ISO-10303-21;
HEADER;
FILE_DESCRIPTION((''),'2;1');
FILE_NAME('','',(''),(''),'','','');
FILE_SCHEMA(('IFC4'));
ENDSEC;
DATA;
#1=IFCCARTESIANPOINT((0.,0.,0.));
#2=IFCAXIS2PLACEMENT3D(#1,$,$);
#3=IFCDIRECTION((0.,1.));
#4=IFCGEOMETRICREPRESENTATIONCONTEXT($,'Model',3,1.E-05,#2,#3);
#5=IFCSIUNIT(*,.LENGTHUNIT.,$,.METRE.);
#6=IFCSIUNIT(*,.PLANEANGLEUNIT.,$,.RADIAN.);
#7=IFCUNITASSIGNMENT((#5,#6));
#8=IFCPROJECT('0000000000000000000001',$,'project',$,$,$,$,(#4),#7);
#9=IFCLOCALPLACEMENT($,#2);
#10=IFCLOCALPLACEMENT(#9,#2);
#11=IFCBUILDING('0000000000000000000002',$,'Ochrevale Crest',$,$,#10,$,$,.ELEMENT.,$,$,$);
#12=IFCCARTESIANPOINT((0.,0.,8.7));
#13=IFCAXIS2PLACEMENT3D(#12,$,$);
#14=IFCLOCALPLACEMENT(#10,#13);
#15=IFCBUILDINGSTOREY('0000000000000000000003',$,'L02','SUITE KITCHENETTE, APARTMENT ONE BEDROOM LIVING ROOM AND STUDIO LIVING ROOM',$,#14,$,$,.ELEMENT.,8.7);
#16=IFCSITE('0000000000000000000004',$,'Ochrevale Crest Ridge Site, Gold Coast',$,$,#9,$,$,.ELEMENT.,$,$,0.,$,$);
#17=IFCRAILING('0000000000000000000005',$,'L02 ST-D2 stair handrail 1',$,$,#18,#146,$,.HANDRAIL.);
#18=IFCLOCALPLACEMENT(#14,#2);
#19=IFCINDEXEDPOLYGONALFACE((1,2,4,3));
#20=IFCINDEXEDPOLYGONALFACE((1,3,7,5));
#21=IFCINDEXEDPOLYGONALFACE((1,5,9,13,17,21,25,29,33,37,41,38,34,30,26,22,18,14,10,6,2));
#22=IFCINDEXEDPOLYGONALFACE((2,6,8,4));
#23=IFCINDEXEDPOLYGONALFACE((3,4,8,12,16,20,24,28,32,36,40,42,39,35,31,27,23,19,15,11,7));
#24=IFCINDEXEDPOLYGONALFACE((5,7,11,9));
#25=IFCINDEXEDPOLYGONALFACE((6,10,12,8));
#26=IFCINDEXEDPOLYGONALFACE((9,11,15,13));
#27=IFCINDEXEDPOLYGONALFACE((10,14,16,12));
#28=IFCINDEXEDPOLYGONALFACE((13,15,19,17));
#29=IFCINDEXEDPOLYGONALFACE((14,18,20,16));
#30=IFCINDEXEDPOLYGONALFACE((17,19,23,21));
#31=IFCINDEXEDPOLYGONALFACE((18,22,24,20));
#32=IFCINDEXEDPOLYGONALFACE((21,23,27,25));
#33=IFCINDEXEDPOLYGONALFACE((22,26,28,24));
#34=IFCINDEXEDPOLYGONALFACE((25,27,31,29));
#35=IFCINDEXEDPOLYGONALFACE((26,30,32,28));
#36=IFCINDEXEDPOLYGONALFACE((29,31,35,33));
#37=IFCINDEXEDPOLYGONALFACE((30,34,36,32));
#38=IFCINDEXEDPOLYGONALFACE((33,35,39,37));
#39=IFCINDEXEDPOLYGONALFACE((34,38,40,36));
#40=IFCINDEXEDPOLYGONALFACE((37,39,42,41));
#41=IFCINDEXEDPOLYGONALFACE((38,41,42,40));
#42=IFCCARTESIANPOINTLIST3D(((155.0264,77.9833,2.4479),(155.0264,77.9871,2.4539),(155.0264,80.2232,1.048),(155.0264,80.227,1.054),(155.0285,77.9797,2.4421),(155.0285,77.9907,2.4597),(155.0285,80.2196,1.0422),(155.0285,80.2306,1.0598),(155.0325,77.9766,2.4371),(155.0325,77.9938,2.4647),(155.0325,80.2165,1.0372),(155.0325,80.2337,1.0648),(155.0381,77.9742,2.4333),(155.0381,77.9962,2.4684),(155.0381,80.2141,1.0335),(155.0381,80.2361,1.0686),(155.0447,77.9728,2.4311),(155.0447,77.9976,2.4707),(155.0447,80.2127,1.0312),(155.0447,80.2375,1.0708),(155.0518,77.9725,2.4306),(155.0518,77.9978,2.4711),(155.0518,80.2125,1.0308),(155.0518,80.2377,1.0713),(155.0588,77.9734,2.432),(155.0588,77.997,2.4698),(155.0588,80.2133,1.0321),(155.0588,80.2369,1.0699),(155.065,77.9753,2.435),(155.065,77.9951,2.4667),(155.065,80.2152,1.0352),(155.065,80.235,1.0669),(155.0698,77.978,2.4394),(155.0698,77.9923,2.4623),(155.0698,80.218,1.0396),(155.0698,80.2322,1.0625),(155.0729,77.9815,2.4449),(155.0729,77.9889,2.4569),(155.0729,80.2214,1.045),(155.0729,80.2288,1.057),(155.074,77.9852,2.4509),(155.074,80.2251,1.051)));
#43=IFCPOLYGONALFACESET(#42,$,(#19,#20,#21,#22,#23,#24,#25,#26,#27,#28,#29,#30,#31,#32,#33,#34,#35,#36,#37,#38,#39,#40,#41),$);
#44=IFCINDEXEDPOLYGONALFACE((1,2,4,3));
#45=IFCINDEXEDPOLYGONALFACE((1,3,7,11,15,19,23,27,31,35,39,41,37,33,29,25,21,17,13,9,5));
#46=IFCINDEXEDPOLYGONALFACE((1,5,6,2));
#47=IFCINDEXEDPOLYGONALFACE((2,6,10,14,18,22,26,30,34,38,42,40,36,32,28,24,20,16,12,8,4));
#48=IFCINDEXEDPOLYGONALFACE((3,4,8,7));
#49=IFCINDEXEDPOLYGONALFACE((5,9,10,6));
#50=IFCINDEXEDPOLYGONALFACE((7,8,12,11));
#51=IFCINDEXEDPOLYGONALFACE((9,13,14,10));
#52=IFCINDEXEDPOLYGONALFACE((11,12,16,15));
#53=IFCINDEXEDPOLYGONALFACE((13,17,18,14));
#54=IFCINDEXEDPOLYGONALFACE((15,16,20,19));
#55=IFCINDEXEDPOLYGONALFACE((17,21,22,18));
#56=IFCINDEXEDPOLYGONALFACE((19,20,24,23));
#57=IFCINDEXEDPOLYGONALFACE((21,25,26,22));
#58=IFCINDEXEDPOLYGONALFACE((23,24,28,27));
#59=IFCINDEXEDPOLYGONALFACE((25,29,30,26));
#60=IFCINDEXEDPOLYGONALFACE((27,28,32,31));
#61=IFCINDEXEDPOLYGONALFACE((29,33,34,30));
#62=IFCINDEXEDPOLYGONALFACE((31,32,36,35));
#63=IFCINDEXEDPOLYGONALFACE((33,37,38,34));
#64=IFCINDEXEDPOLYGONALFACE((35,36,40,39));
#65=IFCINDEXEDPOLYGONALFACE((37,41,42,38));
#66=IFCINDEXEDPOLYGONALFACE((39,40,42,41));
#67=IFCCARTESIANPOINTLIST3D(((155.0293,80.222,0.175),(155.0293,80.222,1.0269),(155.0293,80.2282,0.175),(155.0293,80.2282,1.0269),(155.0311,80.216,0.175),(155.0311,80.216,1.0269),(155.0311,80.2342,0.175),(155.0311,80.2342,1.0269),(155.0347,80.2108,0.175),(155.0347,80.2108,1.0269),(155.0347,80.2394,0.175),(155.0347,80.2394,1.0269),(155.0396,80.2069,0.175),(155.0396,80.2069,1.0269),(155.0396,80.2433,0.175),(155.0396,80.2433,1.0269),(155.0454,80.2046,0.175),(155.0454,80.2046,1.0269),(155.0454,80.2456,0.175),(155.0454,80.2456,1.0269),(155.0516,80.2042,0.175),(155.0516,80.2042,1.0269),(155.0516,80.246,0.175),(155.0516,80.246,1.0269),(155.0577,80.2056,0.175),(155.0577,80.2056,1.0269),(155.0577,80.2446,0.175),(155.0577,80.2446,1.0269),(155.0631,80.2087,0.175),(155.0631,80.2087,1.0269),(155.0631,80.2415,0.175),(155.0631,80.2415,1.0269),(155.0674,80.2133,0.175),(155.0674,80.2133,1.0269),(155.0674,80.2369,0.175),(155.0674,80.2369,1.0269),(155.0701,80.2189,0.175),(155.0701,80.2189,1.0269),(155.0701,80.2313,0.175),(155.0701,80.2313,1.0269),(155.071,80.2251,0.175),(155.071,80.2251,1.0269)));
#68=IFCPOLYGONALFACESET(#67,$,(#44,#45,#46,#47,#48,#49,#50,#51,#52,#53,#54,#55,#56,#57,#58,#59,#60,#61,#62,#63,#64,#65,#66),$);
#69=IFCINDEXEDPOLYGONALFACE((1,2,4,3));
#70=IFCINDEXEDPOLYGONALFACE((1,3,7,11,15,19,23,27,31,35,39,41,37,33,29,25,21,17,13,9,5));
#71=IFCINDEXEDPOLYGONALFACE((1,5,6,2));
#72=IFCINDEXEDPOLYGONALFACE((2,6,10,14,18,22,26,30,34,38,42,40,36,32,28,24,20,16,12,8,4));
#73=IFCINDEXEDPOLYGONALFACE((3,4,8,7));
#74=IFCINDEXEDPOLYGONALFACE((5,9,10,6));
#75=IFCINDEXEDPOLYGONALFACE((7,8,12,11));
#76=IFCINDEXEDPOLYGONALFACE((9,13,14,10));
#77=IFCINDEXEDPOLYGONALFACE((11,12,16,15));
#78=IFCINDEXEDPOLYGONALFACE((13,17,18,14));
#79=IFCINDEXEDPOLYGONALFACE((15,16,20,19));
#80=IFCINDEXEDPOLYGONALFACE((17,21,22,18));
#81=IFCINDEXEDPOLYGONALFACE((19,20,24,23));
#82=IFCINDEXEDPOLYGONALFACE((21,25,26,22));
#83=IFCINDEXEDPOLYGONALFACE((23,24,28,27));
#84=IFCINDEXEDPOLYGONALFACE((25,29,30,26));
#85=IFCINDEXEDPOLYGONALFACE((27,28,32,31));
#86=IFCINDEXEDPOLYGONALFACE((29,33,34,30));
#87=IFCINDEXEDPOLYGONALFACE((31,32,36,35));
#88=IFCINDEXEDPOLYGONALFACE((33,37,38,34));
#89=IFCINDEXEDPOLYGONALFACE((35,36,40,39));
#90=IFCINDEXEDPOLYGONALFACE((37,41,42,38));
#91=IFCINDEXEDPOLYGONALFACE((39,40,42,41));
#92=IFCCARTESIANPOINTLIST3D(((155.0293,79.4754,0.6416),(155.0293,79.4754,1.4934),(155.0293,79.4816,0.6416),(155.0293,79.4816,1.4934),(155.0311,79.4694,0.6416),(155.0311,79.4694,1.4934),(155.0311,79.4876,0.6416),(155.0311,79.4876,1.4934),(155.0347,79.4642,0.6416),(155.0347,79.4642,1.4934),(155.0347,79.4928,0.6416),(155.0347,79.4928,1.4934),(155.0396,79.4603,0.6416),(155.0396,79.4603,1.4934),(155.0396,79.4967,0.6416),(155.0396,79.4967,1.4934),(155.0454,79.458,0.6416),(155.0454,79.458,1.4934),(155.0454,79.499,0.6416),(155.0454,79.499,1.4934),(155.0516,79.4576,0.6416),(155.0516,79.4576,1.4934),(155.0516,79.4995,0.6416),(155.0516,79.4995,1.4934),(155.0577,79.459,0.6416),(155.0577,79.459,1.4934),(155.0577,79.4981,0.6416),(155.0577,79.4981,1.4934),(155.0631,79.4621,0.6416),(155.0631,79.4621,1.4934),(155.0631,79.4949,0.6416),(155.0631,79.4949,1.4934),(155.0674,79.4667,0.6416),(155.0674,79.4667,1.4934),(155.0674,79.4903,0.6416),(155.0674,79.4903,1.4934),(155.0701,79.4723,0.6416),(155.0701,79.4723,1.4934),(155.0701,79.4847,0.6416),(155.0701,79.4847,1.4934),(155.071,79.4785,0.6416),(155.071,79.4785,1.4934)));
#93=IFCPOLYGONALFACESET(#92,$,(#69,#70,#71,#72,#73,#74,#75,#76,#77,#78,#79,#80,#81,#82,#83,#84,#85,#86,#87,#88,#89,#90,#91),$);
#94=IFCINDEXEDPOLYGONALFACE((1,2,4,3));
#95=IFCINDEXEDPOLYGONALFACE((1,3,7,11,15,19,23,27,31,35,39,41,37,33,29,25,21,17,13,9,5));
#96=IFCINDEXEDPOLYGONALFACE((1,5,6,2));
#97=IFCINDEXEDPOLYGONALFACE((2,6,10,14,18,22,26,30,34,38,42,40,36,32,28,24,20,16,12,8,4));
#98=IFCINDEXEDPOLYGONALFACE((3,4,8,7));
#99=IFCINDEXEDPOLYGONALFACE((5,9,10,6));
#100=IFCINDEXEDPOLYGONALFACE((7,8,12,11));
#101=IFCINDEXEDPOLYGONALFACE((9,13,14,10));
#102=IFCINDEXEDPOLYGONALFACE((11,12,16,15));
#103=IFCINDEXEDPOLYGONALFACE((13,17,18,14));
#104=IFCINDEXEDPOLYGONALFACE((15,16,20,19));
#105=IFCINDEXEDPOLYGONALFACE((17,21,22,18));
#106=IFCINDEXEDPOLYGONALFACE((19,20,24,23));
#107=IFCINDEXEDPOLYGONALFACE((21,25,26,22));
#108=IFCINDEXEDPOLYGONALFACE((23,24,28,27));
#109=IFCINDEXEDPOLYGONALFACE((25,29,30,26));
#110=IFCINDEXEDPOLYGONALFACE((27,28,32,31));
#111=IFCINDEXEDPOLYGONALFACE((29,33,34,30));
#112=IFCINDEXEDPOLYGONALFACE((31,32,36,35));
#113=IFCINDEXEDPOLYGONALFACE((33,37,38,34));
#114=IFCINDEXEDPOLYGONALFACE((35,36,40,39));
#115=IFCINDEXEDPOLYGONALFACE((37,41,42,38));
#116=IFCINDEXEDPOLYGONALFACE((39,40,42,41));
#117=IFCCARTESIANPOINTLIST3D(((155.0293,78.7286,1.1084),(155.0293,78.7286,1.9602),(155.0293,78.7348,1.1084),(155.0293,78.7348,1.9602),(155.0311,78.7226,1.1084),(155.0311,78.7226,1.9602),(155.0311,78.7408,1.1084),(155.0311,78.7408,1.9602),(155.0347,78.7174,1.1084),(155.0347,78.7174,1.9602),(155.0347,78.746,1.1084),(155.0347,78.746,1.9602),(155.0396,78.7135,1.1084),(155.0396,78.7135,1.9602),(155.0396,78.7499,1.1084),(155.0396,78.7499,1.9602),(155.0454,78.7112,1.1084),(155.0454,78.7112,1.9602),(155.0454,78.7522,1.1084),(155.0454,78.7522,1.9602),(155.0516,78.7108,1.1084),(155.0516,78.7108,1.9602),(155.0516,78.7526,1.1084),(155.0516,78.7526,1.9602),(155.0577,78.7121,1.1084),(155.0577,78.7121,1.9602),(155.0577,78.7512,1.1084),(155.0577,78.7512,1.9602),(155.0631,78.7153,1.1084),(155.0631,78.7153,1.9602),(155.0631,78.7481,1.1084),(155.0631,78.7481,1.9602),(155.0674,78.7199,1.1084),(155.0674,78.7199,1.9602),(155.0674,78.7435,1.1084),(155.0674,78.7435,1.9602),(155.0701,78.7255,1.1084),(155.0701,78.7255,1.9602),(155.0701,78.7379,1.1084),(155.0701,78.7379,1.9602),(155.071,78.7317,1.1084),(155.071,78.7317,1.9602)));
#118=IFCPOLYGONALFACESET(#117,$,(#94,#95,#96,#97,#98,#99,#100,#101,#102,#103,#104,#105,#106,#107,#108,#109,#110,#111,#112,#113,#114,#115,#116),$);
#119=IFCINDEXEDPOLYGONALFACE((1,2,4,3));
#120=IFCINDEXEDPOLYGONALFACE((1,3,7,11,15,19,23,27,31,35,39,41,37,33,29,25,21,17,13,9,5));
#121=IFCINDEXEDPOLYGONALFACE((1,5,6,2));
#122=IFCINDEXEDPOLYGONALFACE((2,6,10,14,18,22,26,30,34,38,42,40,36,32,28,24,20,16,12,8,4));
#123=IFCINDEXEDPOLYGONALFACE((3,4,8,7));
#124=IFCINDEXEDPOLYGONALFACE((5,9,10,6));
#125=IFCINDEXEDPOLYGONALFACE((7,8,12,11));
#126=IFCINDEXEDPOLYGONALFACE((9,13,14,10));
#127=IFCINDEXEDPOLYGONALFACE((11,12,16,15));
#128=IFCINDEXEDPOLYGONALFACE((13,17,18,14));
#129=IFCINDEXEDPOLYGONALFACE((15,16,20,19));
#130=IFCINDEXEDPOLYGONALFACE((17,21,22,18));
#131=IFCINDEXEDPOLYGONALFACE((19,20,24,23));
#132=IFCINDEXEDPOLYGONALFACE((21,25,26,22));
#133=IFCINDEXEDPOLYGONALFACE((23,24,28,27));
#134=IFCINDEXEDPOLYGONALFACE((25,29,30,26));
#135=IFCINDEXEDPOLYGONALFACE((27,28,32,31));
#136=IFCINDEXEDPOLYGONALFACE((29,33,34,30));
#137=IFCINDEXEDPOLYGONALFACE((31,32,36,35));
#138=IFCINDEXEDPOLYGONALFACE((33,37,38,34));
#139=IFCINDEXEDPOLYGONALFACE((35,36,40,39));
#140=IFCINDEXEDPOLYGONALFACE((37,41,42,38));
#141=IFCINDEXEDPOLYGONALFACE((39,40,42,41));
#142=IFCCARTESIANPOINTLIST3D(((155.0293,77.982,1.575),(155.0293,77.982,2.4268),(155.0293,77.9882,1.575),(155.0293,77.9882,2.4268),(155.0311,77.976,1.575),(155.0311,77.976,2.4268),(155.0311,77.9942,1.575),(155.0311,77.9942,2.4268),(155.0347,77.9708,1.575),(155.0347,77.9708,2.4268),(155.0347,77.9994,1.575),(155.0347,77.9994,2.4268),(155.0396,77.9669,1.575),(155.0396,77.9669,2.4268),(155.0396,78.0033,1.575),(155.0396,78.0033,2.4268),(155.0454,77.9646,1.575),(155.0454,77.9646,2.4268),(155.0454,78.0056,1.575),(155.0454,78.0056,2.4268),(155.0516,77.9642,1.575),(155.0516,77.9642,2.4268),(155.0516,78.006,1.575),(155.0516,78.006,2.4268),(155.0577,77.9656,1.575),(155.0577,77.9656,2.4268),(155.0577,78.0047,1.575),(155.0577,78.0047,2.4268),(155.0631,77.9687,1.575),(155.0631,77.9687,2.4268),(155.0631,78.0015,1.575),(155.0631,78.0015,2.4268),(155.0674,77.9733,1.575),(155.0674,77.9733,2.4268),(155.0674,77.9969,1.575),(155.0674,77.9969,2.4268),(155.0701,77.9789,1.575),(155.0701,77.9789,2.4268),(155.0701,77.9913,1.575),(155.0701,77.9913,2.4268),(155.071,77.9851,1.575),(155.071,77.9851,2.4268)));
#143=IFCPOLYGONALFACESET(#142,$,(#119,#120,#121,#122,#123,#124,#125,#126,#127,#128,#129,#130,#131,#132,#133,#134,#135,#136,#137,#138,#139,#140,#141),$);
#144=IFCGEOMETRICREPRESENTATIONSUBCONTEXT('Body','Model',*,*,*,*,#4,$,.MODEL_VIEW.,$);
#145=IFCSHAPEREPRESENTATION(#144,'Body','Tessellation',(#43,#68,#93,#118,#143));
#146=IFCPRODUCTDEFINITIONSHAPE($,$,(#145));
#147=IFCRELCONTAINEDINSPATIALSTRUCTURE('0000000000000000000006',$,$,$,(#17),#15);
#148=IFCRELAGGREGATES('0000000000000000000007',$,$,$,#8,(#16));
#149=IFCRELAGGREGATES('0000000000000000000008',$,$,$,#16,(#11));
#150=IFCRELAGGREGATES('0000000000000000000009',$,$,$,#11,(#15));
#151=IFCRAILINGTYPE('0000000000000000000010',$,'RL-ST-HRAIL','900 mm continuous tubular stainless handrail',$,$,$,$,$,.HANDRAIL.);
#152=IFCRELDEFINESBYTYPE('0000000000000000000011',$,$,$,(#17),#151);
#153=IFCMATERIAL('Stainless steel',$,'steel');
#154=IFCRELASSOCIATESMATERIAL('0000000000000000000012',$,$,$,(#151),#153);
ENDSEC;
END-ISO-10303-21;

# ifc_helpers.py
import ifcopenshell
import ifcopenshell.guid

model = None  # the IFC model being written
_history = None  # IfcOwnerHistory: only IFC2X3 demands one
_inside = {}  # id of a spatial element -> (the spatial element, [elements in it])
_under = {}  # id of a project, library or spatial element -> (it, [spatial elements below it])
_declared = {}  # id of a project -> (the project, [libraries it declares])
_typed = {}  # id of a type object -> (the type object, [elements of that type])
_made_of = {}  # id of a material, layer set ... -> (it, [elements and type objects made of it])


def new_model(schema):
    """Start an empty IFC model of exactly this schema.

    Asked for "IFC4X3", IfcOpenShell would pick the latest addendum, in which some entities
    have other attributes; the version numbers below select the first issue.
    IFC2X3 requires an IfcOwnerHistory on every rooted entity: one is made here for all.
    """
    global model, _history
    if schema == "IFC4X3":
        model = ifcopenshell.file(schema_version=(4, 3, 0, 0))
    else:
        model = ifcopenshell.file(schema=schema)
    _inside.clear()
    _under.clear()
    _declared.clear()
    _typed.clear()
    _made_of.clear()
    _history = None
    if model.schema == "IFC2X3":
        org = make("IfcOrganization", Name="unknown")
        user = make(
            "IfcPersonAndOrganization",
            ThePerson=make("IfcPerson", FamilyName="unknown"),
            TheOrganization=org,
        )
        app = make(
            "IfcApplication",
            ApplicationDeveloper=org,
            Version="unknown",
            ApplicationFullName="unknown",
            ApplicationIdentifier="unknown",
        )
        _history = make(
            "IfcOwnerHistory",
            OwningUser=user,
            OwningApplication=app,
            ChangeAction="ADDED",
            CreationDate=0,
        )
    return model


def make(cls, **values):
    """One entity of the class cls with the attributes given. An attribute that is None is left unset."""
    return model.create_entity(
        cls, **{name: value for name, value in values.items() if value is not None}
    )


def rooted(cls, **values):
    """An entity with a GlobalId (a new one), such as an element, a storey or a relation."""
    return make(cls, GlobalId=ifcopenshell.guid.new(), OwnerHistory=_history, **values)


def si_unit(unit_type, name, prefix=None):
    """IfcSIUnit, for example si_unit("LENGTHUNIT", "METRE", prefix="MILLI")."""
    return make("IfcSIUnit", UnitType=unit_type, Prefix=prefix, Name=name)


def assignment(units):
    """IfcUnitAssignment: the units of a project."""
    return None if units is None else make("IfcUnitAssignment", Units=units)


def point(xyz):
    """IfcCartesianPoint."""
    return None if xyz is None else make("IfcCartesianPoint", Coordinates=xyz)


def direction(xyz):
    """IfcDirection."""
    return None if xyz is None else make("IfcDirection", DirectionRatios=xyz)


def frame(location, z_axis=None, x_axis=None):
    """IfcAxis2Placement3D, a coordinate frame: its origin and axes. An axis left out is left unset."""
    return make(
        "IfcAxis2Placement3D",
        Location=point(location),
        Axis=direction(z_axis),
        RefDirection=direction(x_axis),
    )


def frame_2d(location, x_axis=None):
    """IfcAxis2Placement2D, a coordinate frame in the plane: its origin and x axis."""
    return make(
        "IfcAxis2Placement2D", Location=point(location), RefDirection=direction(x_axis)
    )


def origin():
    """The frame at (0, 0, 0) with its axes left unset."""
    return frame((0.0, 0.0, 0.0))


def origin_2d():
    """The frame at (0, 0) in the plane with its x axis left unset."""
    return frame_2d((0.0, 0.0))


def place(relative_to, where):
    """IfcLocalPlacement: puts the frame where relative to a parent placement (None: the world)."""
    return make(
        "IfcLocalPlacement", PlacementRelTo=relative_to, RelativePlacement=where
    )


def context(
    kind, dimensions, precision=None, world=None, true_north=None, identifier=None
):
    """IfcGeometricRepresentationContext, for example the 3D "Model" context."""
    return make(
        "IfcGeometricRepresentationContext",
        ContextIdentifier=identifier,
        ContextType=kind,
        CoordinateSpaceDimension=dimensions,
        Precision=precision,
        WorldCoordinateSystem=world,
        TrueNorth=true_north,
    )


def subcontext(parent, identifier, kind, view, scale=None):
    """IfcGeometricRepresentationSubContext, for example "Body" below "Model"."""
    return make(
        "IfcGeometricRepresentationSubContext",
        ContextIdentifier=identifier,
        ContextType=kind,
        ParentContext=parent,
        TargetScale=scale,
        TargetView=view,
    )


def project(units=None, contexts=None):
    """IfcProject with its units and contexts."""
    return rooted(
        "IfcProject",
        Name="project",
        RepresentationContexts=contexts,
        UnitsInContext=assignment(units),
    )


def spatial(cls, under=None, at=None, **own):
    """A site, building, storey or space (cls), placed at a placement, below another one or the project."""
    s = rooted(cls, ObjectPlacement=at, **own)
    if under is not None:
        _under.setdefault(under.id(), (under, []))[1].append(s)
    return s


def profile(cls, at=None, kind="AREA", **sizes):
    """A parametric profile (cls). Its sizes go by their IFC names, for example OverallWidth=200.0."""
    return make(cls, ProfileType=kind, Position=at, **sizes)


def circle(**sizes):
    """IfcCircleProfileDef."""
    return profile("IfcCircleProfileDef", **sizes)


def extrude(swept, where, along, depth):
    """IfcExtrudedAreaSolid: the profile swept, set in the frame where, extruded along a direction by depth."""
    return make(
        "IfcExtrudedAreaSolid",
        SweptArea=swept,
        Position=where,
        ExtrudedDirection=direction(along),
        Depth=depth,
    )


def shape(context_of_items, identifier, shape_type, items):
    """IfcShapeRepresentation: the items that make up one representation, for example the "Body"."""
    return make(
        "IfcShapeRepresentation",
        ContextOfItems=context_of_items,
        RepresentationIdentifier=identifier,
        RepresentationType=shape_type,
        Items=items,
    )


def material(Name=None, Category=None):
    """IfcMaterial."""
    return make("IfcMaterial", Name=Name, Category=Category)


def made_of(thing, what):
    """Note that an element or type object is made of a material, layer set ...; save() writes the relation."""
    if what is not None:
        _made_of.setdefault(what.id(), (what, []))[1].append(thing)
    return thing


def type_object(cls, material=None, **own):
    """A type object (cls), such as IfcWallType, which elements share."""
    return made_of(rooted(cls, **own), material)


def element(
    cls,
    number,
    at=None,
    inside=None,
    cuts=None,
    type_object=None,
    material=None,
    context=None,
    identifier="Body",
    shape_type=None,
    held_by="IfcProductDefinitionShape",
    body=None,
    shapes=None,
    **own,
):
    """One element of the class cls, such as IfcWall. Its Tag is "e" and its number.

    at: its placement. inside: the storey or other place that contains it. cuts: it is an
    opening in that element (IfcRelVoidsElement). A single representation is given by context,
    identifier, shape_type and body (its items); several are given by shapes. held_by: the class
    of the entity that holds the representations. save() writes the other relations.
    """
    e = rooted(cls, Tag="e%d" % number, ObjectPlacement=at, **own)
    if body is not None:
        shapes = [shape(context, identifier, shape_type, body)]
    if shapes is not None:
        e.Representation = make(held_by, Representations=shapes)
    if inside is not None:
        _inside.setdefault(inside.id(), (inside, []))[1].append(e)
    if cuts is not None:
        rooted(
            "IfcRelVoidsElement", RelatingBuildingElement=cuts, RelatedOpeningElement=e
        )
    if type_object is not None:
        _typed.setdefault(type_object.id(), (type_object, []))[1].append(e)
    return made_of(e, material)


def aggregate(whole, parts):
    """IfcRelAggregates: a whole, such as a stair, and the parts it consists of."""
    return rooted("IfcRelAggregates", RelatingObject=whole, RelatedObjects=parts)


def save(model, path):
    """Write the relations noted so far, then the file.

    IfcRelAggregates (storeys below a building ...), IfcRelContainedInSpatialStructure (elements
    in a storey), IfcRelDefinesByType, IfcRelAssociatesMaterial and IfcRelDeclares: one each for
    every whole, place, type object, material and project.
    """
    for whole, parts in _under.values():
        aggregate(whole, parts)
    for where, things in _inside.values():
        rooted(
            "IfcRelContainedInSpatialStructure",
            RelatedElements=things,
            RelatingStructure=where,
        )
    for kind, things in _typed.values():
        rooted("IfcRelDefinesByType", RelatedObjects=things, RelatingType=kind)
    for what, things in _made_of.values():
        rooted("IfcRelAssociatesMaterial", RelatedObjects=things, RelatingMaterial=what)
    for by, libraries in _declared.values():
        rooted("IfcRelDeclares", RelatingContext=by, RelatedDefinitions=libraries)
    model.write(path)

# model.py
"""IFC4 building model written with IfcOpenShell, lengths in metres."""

from ifc_helpers import new_model, si_unit, direction, frame, origin, origin_2d, place, context, subcontext, project, spatial, circle, extrude, material, type_object, element, save


model = new_model("IFC4")

# Units and contexts
model_context = context("Model", 3, precision=1e-05, world=origin(), true_north=direction((0.0, 1.0)))
body_context = subcontext(model_context, "Body", "Model", "MODEL_VIEW")
ifc_project = project(units=[si_unit("LENGTHUNIT", "METRE"), si_unit("PLANEANGLEUNIT", "RADIAN")], contexts=[model_context])

# Site, building, storey
site_placement = place(None, origin())
site = spatial("IfcSite", under=ifc_project, at=site_placement, Name="Ochrevale Crest Ridge Site, Gold Coast", CompositionType="ELEMENT", RefElevation=0.0)
building_placement = place(site_placement, origin())
building = spatial("IfcBuilding", under=site, at=building_placement, Name="Ochrevale Crest", CompositionType="ELEMENT")
storey_placement = place(building_placement, frame((0.0, 0.0, 8.7)))
storey = spatial("IfcBuildingStorey", under=building, at=storey_placement, Name="L02", Description="SUITE KITCHENETTE, APARTMENT ONE BEDROOM LIVING ROOM AND STUDIO LIVING ROOM", CompositionType="ELEMENT", Elevation=8.7)

# Railing
ifc_material_1 = material(Name="Stainless steel", Category="steel")
railing_type_1 = type_object("IfcRailingType", Name="RL-ST-HRAIL", Description="900 mm continuous tubular stainless handrail", PredefinedType="HANDRAIL", material=ifc_material_1)
railing_1_placement = place(storey_placement, frame((155.05, 80.2251, 0.175)))
element("IfcRailing", 1, at=railing_1_placement, inside=storey, type_object=railing_type_1, Name="L02 ST-D2 stair handrail 1", PredefinedType="HANDRAIL", context=body_context, shape_type="SweptSolid", body=[
    extrude(circle(Radius=0.0239, at=origin_2d()), frame((0.0, 0.0, 0.876), z_axis=(0.0, -0.848014, 0.529974), x_axis=(1.0, 0.0, 0.0)), (0.0, 0.0, 1.0), 2.6414),
    extrude(circle(Radius=0.021, at=origin_2d()), origin(), (0.0, 0.0, 1.0), 0.8518),
    extrude(circle(Radius=0.021, at=origin_2d()), frame((0.0, -0.7466, 0.4666)), (0.0, 0.0, 1.0), 0.8518),
    extrude(circle(Radius=0.021, at=origin_2d()), frame((0.0, -1.4934, 0.9333)), (0.0, 0.0, 1.0), 0.8518),
    extrude(circle(Radius=0.021, at=origin_2d()), frame((0.0, -2.24, 1.3999)), (0.0, 0.0, 1.0), 0.8518),
])

save(model, "model.ifc")
